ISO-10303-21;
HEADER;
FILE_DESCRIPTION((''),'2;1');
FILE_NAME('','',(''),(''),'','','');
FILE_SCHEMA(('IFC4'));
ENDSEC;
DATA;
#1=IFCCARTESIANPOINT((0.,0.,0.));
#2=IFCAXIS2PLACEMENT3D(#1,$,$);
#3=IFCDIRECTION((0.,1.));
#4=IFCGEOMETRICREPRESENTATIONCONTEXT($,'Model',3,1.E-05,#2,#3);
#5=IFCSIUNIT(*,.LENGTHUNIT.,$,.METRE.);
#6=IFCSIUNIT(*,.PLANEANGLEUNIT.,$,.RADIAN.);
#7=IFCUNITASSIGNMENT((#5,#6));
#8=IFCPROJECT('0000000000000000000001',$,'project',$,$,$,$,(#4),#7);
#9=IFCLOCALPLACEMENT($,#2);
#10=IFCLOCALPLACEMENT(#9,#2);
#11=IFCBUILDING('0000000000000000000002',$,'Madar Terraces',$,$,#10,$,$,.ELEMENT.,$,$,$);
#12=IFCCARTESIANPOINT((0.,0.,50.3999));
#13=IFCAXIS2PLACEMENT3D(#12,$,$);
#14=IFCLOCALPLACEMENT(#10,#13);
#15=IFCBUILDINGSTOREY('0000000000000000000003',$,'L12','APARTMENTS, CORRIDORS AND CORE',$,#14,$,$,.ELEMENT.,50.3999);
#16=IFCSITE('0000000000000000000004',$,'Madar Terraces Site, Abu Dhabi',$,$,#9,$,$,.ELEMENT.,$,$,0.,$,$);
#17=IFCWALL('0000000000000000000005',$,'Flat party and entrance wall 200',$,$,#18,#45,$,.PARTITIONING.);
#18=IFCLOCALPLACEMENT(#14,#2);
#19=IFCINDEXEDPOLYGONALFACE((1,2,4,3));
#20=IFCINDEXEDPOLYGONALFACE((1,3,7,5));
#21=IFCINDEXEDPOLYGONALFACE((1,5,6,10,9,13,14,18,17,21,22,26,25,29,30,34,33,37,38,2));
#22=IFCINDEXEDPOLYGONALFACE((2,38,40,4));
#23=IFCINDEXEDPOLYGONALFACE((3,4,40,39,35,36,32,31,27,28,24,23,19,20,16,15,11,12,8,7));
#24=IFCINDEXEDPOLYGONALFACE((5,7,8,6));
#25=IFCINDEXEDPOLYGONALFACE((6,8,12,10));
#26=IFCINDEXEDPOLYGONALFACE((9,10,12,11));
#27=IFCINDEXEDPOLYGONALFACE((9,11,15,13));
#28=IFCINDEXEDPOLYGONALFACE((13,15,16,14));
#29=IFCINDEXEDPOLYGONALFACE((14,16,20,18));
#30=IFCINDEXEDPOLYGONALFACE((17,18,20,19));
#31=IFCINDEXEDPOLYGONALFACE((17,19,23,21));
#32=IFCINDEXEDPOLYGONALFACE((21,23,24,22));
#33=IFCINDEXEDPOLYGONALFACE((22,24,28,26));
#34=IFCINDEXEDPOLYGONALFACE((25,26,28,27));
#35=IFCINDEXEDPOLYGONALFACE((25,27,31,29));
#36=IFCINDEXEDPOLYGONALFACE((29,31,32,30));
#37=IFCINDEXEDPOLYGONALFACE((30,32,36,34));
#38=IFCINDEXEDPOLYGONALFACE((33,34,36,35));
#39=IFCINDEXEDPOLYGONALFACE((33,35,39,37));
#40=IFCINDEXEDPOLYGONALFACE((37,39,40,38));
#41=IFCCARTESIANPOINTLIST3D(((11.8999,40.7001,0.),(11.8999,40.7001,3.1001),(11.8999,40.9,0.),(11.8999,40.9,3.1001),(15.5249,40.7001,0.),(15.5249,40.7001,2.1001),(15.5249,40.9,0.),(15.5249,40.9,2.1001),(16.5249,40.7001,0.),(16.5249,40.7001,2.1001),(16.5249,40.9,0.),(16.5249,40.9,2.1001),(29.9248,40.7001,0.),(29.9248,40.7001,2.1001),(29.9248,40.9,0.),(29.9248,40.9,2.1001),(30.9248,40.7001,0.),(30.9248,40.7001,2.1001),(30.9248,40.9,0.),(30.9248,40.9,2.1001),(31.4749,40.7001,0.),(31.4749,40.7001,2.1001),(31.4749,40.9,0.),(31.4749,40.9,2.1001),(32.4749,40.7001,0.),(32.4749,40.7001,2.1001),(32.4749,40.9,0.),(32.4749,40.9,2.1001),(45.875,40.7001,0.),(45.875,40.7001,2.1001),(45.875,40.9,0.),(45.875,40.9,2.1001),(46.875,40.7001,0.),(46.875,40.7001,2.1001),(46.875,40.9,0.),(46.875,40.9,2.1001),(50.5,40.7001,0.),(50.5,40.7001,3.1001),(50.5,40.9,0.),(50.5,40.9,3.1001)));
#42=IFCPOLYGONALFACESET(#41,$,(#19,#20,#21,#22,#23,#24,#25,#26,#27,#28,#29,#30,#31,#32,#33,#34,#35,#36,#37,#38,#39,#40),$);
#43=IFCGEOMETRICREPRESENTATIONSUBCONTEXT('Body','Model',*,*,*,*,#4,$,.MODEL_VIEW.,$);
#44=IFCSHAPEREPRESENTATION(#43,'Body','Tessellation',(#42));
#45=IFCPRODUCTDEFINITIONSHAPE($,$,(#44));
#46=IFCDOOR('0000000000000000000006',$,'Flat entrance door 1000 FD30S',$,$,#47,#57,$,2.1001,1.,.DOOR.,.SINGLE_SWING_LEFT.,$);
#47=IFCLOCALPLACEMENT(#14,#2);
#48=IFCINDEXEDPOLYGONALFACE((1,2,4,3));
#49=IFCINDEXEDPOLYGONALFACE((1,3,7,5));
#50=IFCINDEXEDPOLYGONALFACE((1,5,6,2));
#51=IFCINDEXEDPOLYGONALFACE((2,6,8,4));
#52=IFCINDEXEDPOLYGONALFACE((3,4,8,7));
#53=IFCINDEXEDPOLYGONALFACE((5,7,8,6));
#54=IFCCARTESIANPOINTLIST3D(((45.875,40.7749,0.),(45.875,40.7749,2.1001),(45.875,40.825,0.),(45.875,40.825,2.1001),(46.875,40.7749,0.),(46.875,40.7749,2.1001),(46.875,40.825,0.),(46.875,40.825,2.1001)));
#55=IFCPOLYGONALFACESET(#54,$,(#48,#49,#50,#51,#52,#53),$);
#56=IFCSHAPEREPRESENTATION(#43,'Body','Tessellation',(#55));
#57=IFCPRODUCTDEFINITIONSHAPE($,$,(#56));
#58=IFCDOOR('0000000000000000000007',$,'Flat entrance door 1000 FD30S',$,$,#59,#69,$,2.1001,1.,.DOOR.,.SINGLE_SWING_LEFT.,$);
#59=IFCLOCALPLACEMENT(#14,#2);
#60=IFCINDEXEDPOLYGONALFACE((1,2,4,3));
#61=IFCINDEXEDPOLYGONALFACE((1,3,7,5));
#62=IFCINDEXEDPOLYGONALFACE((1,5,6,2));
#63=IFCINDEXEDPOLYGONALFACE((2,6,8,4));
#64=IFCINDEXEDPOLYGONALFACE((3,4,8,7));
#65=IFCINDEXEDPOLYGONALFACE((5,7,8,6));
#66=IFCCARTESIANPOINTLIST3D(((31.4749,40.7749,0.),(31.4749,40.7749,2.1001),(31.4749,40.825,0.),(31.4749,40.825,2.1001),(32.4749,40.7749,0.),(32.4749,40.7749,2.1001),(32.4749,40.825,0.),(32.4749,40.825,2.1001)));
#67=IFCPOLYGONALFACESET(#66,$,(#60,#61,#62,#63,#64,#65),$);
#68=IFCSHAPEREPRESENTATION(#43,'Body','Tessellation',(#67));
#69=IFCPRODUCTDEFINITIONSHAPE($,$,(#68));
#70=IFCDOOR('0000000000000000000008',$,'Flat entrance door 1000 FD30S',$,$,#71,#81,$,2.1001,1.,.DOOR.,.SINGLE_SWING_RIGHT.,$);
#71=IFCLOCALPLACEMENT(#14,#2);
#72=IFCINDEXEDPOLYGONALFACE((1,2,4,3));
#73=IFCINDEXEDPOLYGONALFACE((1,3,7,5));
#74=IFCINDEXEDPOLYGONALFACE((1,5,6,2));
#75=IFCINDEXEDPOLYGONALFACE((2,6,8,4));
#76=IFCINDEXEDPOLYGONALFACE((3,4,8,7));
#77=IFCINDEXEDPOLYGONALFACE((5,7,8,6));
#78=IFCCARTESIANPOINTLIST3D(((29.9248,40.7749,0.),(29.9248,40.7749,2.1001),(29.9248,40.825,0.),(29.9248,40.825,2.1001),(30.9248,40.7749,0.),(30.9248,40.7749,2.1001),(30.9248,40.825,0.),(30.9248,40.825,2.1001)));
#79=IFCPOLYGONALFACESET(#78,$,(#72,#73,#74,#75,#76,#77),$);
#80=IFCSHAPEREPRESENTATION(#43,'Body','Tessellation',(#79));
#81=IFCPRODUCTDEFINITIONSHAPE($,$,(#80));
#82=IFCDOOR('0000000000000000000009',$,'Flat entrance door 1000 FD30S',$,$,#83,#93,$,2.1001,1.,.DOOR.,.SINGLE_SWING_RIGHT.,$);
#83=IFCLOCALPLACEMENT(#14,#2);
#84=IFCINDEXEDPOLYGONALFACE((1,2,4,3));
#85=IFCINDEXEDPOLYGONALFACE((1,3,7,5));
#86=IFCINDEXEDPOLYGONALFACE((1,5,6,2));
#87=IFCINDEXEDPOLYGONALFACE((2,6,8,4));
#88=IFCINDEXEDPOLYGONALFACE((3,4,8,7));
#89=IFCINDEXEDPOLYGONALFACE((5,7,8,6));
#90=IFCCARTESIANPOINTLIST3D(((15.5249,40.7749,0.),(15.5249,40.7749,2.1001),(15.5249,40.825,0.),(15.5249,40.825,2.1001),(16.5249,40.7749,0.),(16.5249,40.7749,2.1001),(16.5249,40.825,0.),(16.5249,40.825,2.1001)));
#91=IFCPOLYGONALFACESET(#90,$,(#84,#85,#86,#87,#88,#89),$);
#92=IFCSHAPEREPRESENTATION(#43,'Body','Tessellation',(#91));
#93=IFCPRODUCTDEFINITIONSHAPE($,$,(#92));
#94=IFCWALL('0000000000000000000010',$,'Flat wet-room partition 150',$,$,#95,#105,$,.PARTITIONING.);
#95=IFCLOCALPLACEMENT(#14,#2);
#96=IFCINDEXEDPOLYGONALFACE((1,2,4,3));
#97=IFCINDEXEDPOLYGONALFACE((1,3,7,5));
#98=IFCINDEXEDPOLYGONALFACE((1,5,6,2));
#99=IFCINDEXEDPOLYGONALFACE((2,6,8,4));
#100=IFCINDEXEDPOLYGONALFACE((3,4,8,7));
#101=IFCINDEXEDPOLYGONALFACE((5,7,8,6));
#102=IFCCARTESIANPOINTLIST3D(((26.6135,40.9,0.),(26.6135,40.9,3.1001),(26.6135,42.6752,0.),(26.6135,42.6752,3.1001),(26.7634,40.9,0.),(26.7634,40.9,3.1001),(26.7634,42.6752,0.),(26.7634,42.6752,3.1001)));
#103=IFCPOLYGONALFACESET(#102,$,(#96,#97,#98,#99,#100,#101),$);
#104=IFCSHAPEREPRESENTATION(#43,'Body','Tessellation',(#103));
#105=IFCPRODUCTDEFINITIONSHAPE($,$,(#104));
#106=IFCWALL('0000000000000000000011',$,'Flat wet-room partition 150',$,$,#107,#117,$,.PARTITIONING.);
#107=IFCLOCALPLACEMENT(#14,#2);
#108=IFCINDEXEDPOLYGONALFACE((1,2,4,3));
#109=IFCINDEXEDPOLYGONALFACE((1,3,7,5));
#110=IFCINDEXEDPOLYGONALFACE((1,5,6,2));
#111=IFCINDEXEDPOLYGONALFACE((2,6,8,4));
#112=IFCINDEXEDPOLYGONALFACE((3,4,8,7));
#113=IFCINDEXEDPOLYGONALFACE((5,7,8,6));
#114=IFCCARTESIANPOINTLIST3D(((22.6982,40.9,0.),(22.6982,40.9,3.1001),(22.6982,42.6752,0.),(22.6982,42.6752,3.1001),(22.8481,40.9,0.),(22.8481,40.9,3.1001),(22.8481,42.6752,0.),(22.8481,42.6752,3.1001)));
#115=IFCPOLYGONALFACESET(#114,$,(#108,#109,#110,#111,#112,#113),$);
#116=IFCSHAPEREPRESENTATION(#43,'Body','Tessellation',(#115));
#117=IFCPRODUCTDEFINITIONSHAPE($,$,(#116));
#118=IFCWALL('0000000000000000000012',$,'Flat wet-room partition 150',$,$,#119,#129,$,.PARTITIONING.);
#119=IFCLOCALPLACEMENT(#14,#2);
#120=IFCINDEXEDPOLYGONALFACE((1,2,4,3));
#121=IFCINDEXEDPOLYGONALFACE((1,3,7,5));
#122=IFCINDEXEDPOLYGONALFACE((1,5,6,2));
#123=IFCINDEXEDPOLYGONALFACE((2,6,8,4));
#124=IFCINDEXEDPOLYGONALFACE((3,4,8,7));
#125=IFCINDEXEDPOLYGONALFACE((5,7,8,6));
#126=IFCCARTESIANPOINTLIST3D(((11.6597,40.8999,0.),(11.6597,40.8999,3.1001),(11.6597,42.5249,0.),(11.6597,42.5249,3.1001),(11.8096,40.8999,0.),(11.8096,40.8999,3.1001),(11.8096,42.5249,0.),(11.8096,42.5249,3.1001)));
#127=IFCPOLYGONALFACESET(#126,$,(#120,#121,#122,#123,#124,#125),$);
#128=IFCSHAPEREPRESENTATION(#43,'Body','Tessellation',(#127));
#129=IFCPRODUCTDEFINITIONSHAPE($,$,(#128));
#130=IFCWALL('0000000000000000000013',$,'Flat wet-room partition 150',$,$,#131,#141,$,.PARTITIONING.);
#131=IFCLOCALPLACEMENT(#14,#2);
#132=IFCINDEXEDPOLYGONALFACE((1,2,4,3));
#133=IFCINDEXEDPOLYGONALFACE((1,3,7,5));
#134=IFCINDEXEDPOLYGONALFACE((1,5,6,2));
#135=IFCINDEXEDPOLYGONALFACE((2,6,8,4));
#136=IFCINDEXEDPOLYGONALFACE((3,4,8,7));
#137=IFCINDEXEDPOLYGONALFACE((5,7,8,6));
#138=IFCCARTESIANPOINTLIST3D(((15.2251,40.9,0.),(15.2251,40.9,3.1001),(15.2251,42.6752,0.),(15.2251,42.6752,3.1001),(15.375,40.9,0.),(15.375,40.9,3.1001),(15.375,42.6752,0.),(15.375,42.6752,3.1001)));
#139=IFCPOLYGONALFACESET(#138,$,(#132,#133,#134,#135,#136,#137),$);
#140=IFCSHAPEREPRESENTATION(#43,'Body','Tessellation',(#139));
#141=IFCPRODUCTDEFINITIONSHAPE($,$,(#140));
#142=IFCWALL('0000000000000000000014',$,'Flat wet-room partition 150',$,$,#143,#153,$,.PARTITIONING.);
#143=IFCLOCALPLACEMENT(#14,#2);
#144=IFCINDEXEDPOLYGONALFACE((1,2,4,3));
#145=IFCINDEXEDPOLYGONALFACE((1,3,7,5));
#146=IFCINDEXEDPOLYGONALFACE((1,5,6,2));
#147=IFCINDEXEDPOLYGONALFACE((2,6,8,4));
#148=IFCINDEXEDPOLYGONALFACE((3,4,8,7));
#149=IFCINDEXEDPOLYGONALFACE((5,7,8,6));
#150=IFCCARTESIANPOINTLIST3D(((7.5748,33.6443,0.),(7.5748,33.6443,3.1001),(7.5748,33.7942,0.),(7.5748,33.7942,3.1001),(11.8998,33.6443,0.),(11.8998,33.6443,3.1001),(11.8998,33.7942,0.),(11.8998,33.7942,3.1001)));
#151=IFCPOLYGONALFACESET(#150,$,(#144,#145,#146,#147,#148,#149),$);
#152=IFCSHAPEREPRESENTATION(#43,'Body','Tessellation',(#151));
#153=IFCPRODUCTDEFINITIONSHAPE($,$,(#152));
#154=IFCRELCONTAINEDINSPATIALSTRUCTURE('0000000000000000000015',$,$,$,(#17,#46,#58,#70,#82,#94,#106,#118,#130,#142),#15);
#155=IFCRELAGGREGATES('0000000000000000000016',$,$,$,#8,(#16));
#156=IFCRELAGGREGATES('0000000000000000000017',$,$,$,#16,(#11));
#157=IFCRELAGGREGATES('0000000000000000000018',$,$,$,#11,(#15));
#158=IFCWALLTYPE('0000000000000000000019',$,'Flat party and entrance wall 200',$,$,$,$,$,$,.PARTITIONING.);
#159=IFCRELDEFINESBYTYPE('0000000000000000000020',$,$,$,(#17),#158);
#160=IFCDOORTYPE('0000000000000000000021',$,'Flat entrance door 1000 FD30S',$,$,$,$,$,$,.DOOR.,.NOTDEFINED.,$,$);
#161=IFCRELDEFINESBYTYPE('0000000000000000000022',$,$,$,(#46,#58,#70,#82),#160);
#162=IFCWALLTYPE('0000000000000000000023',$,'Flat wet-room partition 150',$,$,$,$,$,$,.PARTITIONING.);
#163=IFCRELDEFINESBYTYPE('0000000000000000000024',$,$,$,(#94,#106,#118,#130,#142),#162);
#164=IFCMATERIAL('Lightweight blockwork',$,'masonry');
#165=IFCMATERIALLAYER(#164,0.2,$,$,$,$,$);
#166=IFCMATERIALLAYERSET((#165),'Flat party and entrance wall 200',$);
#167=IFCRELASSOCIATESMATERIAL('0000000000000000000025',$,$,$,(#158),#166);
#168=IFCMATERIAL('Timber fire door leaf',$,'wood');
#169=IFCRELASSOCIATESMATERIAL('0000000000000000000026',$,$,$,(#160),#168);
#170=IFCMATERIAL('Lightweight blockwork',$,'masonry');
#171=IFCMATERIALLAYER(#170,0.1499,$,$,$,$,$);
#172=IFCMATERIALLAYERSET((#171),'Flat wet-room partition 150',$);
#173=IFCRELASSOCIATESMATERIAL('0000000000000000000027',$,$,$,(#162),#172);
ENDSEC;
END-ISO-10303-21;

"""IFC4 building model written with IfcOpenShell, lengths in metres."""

from ifc_helpers import new_model, si_unit, direction, frame, frame_2d, origin, place, context, subcontext, project, spatial, rectangle, extrude, material, layer, layer_set, type_object, element, fill, save


model = new_model("IFC4")

# Units and contexts
model_context = context("Model", 3, precision=1e-05, world=origin(), true_north=direction((0.0, 1.0)))
body_context = subcontext(model_context, "Body", "Model", "MODEL_VIEW")
ifc_project = project(units=[si_unit("LENGTHUNIT", "METRE"), si_unit("PLANEANGLEUNIT", "RADIAN")], contexts=[model_context])

# Site, building, storey
site_placement = place(None, origin())
site = spatial("IfcSite", under=ifc_project, at=site_placement, Name="Madar Terraces Site, Abu Dhabi", CompositionType="ELEMENT", RefElevation=0.0)
building_placement = place(site_placement, origin())
building = spatial("IfcBuilding", under=site, at=building_placement, Name="Madar Terraces", CompositionType="ELEMENT")
storey_placement = place(building_placement, frame((0.0, 0.0, 50.3999)))
storey = spatial("IfcBuildingStorey", under=building, at=storey_placement, Name="L12", Description="APARTMENTS, CORRIDORS AND CORE", CompositionType="ELEMENT", Elevation=50.3999)

# Wall, openings, doors
ifc_material_1 = material(Name="Lightweight blockwork", Category="masonry")
ifc_layer_1 = layer(ifc_material_1, 0.2)
ifc_layer_set_1 = layer_set([ifc_layer_1], Name="Flat party and entrance wall 200")
wall_type_1 = type_object("IfcWallType", Name="Flat party and entrance wall 200", PredefinedType="PARTITIONING", material=ifc_layer_set_1)
wall_1_placement = place(storey_placement, frame((11.8999, 40.8, 0.0), z_axis=(0.0, 0.0, 1.0), x_axis=(1.0, 0.0, 0.0)))
wall_1 = element("IfcWall", 1, at=wall_1_placement, inside=storey, type_object=wall_type_1, Name="Flat party and entrance wall 200", PredefinedType="PARTITIONING", context=body_context, shape_type="SweptSolid", body=[
    extrude(rectangle(XDim=38.6001, YDim=0.2, at=frame_2d((19.3, 0.0))), origin(), (0.0, 0.0, 1.0), 3.1001),
])
opening_1_placement = place(wall_1_placement, frame((33.9751, 0.0, 0.0)))
opening_1 = element("IfcOpeningElement", 2, at=opening_1_placement, cuts=wall_1, PredefinedType="OPENING", context=body_context, shape_type="SweptSolid", body=[
    extrude(rectangle(XDim=1.0, YDim=2.1001, at=frame_2d((0.5, 1.05))), frame((0.0, 0.1099, 0.0), z_axis=(0.0, -1.0, 0.0), x_axis=(1.0, 0.0, 0.0)), (0.0, 0.0, 1.0), 0.22),
])
opening_2_placement = place(wall_1_placement, frame((19.575, 0.0, 0.0)))
opening_2 = element("IfcOpeningElement", 3, at=opening_2_placement, cuts=wall_1, PredefinedType="OPENING", context=body_context, shape_type="SweptSolid", body=[
    extrude(rectangle(XDim=1.0, YDim=2.1001, at=frame_2d((0.5, 1.05))), frame((0.0, 0.1099, 0.0), z_axis=(0.0, -1.0, 0.0), x_axis=(1.0, 0.0, 0.0)), (0.0, 0.0, 1.0), 0.22),
])
opening_3_placement = place(wall_1_placement, frame((18.0249, 0.0, 0.0)))
opening_3 = element("IfcOpeningElement", 4, at=opening_3_placement, cuts=wall_1, PredefinedType="OPENING", context=body_context, shape_type="SweptSolid", body=[
    extrude(rectangle(XDim=1.0, YDim=2.1001, at=frame_2d((0.5, 1.05))), frame((0.0, 0.1099, 0.0), z_axis=(0.0, -1.0, 0.0), x_axis=(1.0, 0.0, 0.0)), (0.0, 0.0, 1.0), 0.22),
])
opening_4_placement = place(wall_1_placement, frame((3.625, 0.0, 0.0)))
opening_4 = element("IfcOpeningElement", 5, at=opening_4_placement, cuts=wall_1, PredefinedType="OPENING", context=body_context, shape_type="SweptSolid", body=[
    extrude(rectangle(XDim=1.0, YDim=2.1001, at=frame_2d((0.5, 1.05))), frame((0.0, 0.1099, 0.0), z_axis=(0.0, -1.0, 0.0), x_axis=(1.0, 0.0, 0.0)), (0.0, 0.0, 1.0), 0.22),
])
ifc_material_2 = material(Name="Timber fire door leaf", Category="wood")
door_type_1 = type_object("IfcDoorType", Name="Flat entrance door 1000 FD30S", OperationType="NOTDEFINED", PredefinedType="DOOR", material=ifc_material_2)
door_1_placement = place(opening_1_placement, origin())
door_1 = element("IfcDoor", 6, at=door_1_placement, inside=storey, type_object=door_type_1, Name="Flat entrance door 1000 FD30S", OperationType="SINGLE_SWING_LEFT", OverallHeight=2.1001, OverallWidth=1.0, PredefinedType="DOOR", context=body_context, shape_type="SweptSolid", body=[
    extrude(rectangle(XDim=1.0, YDim=2.1001, at=frame_2d((0.5, 1.05))), frame((0.0, 0.0249, 0.0), z_axis=(0.0, -1.0, 0.0), x_axis=(1.0, 0.0, 0.0)), (0.0, 0.0, 1.0), 0.05),
])
fill(opening_1, door_1)
door_2_placement = place(opening_2_placement, origin())
door_2 = element("IfcDoor", 7, at=door_2_placement, inside=storey, type_object=door_type_1, Name="Flat entrance door 1000 FD30S", OperationType="SINGLE_SWING_LEFT", OverallHeight=2.1001, OverallWidth=1.0, PredefinedType="DOOR", context=body_context, shape_type="SweptSolid", body=[
    extrude(rectangle(XDim=1.0, YDim=2.1001, at=frame_2d((0.5, 1.05))), frame((0.0, 0.0249, 0.0), z_axis=(0.0, -1.0, 0.0), x_axis=(1.0, 0.0, 0.0)), (0.0, 0.0, 1.0), 0.05),
])
fill(opening_2, door_2)
door_3_placement = place(opening_3_placement, origin())
door_3 = element("IfcDoor", 8, at=door_3_placement, inside=storey, type_object=door_type_1, Name="Flat entrance door 1000 FD30S", OperationType="SINGLE_SWING_RIGHT", OverallHeight=2.1001, OverallWidth=1.0, PredefinedType="DOOR", context=body_context, shape_type="SweptSolid", body=[
    extrude(rectangle(XDim=1.0, YDim=2.1001, at=frame_2d((0.5, 1.05))), frame((0.0, 0.0249, 0.0), z_axis=(0.0, -1.0, 0.0), x_axis=(1.0, 0.0, 0.0)), (0.0, 0.0, 1.0), 0.05),
])
fill(opening_3, door_3)
door_4_placement = place(opening_4_placement, origin())
door_4 = element("IfcDoor", 9, at=door_4_placement, inside=storey, type_object=door_type_1, Name="Flat entrance door 1000 FD30S", OperationType="SINGLE_SWING_RIGHT", OverallHeight=2.1001, OverallWidth=1.0, PredefinedType="DOOR", context=body_context, shape_type="SweptSolid", body=[
    extrude(rectangle(XDim=1.0, YDim=2.1001, at=frame_2d((0.5, 1.05))), frame((0.0, 0.0249, 0.0), z_axis=(0.0, -1.0, 0.0), x_axis=(1.0, 0.0, 0.0)), (0.0, 0.0, 1.0), 0.05),
])
fill(opening_4, door_4)

# Walls
ifc_material_3 = material(Name="Lightweight blockwork", Category="masonry")
ifc_layer_2 = layer(ifc_material_3, 0.1499)
ifc_layer_set_2 = layer_set([ifc_layer_2], Name="Flat wet-room partition 150")
wall_type_2 = type_object("IfcWallType", Name="Flat wet-room partition 150", PredefinedType="PARTITIONING", material=ifc_layer_set_2)
for number, where, z_axis, x_axis, name in (
    (10, (26.6885, 40.8999, 0.0), (0.0, 0.0, 1.0), (0.0, 1.0, 0.0), "Flat wet-room partition 150"),
    (11, (22.7732, 40.8999, 0.0), (0.0, 0.0, 1.0), (0.0, 1.0, 0.0), "Flat wet-room partition 150"),
):
    element("IfcWall", number, at=place(storey_placement, frame(where, z_axis=z_axis, x_axis=x_axis)), inside=storey, type_object=wall_type_2, Name=name, PredefinedType="PARTITIONING", context=body_context, shape_type="SweptSolid", body=[
        extrude(rectangle(XDim=1.7751, YDim=0.1499, at=frame_2d((0.8877, 0.0))), origin(), (0.0, 0.0, 1.0), 3.1001),
    ])
wall_2_placement = place(storey_placement, frame((11.7346, 40.8999, 0.0), z_axis=(0.0, 0.0, 1.0), x_axis=(0.0, 1.0, 0.0)))
element("IfcWall", 12, at=wall_2_placement, inside=storey, type_object=wall_type_2, Name="Flat wet-room partition 150", PredefinedType="PARTITIONING", context=body_context, shape_type="SweptSolid", body=[
    extrude(rectangle(XDim=1.625, YDim=0.1499, at=frame_2d((0.8125, 0.0))), origin(), (0.0, 0.0, 1.0), 3.1001),
])
wall_3_placement = place(storey_placement, frame((15.3, 40.8999, 0.0), z_axis=(0.0, 0.0, 1.0), x_axis=(0.0, 1.0, 0.0)))
element("IfcWall", 13, at=wall_3_placement, inside=storey, type_object=wall_type_2, Name="Flat wet-room partition 150", PredefinedType="PARTITIONING", context=body_context, shape_type="SweptSolid", body=[
    extrude(rectangle(XDim=1.7751, YDim=0.1499, at=frame_2d((0.8877, 0.0))), origin(), (0.0, 0.0, 1.0), 3.1001),
])
wall_4_placement = place(storey_placement, frame((11.8999, 33.7192, 0.0), z_axis=(0.0, 0.0, 1.0), x_axis=(-1.0, 0.0, 0.0)))
element("IfcWall", 14, at=wall_4_placement, inside=storey, type_object=wall_type_2, Name="Flat wet-room partition 150", PredefinedType="PARTITIONING", context=body_context, shape_type="SweptSolid", body=[
    extrude(rectangle(XDim=4.325, YDim=0.1499, at=frame_2d((2.1626, 0.0))), origin(), (0.0, 0.0, 1.0), 3.1001),
])

save(model, "model.ifc")
